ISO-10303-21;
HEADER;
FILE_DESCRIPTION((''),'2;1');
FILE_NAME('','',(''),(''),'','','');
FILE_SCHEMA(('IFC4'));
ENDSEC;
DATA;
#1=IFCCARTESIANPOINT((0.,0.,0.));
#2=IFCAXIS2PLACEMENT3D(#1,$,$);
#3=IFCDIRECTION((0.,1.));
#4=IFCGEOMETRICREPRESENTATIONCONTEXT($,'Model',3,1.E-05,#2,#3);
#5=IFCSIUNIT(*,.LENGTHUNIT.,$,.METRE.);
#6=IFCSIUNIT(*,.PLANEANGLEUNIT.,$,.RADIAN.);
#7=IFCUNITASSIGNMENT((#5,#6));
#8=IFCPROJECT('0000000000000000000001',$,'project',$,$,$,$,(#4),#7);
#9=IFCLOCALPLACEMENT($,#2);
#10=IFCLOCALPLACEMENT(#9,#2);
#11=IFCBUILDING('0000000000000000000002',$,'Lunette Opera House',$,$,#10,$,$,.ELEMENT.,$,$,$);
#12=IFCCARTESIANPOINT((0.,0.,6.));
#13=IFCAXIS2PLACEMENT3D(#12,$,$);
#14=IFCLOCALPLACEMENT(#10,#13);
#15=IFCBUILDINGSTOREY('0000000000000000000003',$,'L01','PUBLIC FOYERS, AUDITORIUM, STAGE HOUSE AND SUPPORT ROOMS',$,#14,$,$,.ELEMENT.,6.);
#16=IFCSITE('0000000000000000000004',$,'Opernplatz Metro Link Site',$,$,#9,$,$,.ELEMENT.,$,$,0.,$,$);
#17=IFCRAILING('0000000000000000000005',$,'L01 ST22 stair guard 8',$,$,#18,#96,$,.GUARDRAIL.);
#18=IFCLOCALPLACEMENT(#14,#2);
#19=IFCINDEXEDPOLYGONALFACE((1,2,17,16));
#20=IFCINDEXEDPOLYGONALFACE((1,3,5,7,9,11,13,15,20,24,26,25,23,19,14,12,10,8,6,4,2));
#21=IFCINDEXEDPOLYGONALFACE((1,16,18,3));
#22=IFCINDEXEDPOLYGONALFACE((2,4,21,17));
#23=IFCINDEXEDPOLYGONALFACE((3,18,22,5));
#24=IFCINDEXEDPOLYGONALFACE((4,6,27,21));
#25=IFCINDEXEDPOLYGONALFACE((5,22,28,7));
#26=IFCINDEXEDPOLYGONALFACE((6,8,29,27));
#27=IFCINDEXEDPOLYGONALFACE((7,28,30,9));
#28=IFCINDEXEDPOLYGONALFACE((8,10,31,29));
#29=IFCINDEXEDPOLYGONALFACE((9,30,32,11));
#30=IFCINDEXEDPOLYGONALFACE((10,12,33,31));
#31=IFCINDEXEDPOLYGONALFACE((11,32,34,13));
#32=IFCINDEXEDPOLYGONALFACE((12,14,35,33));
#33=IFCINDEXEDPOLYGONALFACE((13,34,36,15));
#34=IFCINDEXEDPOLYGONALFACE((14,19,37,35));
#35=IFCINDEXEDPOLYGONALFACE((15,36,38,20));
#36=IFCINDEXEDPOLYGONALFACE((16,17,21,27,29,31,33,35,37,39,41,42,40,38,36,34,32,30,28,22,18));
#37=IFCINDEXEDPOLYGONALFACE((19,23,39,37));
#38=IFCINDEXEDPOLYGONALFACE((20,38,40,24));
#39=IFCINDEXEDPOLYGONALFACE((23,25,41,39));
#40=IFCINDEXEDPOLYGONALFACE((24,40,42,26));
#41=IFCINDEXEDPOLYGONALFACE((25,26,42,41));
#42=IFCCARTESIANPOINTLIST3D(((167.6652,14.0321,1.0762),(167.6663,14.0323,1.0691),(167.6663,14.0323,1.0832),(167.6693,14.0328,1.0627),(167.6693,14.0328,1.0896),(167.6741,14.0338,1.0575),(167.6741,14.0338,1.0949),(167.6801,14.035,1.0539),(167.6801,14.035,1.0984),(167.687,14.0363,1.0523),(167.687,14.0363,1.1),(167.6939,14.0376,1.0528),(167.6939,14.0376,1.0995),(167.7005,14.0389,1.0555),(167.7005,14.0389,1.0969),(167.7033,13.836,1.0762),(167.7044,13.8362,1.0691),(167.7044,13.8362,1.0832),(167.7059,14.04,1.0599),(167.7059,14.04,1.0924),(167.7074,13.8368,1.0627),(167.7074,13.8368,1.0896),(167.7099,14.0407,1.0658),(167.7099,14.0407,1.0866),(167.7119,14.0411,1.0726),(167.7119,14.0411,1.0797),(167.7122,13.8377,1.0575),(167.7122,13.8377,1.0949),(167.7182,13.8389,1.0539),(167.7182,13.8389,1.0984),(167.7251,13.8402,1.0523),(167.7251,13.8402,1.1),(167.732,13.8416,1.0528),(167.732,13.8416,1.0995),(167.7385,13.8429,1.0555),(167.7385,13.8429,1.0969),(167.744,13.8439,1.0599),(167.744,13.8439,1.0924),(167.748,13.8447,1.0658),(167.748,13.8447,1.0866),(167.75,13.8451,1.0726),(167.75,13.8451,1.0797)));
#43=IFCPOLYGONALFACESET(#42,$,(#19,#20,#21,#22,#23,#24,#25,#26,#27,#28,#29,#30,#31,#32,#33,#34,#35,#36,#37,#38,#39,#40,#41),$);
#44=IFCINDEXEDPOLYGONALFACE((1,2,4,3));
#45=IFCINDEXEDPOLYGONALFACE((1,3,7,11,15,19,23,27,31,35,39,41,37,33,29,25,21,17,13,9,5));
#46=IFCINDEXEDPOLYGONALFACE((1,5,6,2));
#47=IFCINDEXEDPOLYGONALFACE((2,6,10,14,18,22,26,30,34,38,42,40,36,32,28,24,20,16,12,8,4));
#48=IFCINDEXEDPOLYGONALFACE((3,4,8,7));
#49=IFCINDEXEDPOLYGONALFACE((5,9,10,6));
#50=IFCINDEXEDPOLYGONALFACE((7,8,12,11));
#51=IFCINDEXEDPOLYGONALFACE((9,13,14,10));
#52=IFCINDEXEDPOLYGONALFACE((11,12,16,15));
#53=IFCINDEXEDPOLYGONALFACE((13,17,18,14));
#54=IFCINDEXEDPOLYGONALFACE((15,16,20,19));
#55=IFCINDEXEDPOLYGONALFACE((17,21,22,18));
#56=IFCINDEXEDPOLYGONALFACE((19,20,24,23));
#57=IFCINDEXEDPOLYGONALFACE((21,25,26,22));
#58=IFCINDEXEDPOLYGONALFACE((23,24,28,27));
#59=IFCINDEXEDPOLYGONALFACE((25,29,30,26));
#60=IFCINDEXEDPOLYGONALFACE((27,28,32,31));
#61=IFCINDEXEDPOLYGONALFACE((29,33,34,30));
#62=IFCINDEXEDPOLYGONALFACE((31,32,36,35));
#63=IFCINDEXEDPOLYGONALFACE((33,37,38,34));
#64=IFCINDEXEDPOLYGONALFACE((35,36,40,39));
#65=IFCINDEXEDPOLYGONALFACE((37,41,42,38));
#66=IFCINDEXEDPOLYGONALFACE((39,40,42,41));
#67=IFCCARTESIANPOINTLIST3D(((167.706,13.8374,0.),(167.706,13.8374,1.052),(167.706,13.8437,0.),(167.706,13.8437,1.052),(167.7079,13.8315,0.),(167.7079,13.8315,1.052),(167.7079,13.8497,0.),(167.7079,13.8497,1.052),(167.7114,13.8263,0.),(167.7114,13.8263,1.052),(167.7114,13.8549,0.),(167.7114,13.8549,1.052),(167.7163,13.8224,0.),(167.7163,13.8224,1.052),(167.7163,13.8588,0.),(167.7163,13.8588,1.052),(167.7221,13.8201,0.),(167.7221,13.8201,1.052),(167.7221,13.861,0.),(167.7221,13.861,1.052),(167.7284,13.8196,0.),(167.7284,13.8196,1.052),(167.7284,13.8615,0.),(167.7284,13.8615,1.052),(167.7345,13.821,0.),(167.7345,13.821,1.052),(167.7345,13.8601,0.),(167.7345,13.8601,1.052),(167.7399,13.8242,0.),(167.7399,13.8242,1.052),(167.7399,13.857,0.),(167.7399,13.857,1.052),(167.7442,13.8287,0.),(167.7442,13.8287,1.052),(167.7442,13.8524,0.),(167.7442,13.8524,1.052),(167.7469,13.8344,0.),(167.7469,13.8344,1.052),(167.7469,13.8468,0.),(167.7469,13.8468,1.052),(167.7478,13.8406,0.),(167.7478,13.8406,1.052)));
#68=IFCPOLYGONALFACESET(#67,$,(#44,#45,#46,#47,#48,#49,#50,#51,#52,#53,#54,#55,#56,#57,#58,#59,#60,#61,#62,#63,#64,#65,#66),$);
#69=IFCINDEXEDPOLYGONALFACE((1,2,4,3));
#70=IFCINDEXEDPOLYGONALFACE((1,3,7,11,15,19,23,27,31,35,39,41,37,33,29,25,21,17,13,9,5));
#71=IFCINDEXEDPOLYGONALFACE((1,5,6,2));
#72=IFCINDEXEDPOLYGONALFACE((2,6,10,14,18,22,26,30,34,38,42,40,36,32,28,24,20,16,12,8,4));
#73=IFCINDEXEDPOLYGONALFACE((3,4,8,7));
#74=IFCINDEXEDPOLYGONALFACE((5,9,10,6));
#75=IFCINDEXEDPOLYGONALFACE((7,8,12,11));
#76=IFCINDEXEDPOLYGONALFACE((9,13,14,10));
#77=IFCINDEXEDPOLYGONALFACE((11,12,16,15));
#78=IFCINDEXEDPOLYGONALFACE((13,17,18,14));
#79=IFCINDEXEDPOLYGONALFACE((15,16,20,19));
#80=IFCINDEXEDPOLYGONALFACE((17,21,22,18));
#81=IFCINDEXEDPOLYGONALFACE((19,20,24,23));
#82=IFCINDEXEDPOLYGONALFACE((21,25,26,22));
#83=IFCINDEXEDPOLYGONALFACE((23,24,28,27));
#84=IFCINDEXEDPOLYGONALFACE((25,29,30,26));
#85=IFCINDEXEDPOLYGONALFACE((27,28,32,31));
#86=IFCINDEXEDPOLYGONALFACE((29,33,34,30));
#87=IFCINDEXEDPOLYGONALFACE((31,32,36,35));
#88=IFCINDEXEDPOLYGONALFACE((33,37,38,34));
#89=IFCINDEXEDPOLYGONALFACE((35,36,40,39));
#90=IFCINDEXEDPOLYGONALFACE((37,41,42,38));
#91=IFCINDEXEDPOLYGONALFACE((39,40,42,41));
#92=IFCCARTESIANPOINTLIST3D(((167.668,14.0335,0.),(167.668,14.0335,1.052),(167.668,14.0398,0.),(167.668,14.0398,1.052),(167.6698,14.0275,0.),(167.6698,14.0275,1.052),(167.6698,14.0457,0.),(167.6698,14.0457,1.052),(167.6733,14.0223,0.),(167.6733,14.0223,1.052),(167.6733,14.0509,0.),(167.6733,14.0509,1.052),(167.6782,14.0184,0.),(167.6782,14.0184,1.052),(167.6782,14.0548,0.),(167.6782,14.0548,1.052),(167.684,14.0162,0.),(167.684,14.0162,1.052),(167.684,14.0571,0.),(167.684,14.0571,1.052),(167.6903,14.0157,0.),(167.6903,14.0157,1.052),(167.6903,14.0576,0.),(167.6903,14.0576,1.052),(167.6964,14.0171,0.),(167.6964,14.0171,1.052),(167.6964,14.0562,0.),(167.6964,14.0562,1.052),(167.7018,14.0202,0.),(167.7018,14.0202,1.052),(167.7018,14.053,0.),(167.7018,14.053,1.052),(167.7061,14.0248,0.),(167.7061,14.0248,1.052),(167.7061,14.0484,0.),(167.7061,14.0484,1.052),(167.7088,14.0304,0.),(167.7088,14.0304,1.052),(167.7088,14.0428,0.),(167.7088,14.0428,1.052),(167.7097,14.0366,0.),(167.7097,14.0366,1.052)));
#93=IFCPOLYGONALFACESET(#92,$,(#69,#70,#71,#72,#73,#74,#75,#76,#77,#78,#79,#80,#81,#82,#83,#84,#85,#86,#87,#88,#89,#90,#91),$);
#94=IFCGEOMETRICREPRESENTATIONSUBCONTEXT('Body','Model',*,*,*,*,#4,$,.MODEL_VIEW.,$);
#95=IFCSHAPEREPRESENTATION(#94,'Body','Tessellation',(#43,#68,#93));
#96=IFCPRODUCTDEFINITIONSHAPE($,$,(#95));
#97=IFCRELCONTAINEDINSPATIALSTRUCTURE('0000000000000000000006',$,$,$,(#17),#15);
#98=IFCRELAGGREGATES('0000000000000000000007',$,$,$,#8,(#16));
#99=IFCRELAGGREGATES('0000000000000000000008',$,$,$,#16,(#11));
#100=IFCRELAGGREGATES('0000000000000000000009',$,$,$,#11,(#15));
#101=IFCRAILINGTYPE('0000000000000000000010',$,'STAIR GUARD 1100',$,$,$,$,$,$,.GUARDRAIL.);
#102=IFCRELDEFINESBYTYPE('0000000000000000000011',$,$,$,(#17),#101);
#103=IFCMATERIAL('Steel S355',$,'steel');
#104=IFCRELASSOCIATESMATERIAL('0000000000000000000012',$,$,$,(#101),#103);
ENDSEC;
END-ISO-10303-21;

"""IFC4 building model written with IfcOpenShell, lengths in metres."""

from ifc_helpers import new_model, si_unit, direction, frame, origin, origin_2d, place, context, subcontext, project, spatial, circle, extrude, material, type_object, element, save


model = new_model("IFC4")

# Units and contexts
model_context = context("Model", 3, precision=1e-05, world=origin(), true_north=direction((0.0, 1.0)))
body_context = subcontext(model_context, "Body", "Model", "MODEL_VIEW")
ifc_project = project(units=[si_unit("LENGTHUNIT", "METRE"), si_unit("PLANEANGLEUNIT", "RADIAN")], contexts=[model_context])

# Site, building, storey
site_placement = place(None, origin())
site = spatial("IfcSite", under=ifc_project, at=site_placement, Name="Opernplatz Metro Link Site", CompositionType="ELEMENT", RefElevation=0.0)
building_placement = place(site_placement, origin())
building = spatial("IfcBuilding", under=site, at=building_placement, Name="Lunette Opera House", CompositionType="ELEMENT")
storey_placement = place(building_placement, frame((0.0, 0.0, 6.0)))
storey = spatial("IfcBuildingStorey", under=building, at=storey_placement, Name="L01", Description="PUBLIC FOYERS, AUDITORIUM, STAGE HOUSE AND SUPPORT ROOMS", CompositionType="ELEMENT", Elevation=6.0)

# Railing
ifc_material_1 = material(Name="Steel S355", Category="steel")
railing_type_1 = type_object("IfcRailingType", Name="STAIR GUARD 1100", PredefinedType="GUARDRAIL", material=ifc_material_1)
railing_1_placement = place(storey_placement, frame((167.7268, 13.8406, 0.0)))
element("IfcRailing", 1, at=railing_1_placement, inside=storey, type_object=railing_type_1, Name="L01 ST22 stair guard 8", PredefinedType="GUARDRAIL", context=body_context, shape_type="SweptSolid", body=[
    extrude(circle(Radius=0.0239, at=origin_2d()), frame((0.0, 0.0, 1.0762), z_axis=(-0.190706, 0.981647, 0.0), x_axis=(-0.981647, -0.190706, 0.0)), (0.0, 0.0, 1.0), 0.1997),
    extrude(circle(Radius=0.021, at=origin_2d()), origin(), (0.0, 0.0, 1.0), 1.052),
    extrude(circle(Radius=0.021, at=origin_2d()), frame((-0.0381, 0.196, 0.0)), (0.0, 0.0, 1.0), 1.052),
])

save(model, "model.ifc")
